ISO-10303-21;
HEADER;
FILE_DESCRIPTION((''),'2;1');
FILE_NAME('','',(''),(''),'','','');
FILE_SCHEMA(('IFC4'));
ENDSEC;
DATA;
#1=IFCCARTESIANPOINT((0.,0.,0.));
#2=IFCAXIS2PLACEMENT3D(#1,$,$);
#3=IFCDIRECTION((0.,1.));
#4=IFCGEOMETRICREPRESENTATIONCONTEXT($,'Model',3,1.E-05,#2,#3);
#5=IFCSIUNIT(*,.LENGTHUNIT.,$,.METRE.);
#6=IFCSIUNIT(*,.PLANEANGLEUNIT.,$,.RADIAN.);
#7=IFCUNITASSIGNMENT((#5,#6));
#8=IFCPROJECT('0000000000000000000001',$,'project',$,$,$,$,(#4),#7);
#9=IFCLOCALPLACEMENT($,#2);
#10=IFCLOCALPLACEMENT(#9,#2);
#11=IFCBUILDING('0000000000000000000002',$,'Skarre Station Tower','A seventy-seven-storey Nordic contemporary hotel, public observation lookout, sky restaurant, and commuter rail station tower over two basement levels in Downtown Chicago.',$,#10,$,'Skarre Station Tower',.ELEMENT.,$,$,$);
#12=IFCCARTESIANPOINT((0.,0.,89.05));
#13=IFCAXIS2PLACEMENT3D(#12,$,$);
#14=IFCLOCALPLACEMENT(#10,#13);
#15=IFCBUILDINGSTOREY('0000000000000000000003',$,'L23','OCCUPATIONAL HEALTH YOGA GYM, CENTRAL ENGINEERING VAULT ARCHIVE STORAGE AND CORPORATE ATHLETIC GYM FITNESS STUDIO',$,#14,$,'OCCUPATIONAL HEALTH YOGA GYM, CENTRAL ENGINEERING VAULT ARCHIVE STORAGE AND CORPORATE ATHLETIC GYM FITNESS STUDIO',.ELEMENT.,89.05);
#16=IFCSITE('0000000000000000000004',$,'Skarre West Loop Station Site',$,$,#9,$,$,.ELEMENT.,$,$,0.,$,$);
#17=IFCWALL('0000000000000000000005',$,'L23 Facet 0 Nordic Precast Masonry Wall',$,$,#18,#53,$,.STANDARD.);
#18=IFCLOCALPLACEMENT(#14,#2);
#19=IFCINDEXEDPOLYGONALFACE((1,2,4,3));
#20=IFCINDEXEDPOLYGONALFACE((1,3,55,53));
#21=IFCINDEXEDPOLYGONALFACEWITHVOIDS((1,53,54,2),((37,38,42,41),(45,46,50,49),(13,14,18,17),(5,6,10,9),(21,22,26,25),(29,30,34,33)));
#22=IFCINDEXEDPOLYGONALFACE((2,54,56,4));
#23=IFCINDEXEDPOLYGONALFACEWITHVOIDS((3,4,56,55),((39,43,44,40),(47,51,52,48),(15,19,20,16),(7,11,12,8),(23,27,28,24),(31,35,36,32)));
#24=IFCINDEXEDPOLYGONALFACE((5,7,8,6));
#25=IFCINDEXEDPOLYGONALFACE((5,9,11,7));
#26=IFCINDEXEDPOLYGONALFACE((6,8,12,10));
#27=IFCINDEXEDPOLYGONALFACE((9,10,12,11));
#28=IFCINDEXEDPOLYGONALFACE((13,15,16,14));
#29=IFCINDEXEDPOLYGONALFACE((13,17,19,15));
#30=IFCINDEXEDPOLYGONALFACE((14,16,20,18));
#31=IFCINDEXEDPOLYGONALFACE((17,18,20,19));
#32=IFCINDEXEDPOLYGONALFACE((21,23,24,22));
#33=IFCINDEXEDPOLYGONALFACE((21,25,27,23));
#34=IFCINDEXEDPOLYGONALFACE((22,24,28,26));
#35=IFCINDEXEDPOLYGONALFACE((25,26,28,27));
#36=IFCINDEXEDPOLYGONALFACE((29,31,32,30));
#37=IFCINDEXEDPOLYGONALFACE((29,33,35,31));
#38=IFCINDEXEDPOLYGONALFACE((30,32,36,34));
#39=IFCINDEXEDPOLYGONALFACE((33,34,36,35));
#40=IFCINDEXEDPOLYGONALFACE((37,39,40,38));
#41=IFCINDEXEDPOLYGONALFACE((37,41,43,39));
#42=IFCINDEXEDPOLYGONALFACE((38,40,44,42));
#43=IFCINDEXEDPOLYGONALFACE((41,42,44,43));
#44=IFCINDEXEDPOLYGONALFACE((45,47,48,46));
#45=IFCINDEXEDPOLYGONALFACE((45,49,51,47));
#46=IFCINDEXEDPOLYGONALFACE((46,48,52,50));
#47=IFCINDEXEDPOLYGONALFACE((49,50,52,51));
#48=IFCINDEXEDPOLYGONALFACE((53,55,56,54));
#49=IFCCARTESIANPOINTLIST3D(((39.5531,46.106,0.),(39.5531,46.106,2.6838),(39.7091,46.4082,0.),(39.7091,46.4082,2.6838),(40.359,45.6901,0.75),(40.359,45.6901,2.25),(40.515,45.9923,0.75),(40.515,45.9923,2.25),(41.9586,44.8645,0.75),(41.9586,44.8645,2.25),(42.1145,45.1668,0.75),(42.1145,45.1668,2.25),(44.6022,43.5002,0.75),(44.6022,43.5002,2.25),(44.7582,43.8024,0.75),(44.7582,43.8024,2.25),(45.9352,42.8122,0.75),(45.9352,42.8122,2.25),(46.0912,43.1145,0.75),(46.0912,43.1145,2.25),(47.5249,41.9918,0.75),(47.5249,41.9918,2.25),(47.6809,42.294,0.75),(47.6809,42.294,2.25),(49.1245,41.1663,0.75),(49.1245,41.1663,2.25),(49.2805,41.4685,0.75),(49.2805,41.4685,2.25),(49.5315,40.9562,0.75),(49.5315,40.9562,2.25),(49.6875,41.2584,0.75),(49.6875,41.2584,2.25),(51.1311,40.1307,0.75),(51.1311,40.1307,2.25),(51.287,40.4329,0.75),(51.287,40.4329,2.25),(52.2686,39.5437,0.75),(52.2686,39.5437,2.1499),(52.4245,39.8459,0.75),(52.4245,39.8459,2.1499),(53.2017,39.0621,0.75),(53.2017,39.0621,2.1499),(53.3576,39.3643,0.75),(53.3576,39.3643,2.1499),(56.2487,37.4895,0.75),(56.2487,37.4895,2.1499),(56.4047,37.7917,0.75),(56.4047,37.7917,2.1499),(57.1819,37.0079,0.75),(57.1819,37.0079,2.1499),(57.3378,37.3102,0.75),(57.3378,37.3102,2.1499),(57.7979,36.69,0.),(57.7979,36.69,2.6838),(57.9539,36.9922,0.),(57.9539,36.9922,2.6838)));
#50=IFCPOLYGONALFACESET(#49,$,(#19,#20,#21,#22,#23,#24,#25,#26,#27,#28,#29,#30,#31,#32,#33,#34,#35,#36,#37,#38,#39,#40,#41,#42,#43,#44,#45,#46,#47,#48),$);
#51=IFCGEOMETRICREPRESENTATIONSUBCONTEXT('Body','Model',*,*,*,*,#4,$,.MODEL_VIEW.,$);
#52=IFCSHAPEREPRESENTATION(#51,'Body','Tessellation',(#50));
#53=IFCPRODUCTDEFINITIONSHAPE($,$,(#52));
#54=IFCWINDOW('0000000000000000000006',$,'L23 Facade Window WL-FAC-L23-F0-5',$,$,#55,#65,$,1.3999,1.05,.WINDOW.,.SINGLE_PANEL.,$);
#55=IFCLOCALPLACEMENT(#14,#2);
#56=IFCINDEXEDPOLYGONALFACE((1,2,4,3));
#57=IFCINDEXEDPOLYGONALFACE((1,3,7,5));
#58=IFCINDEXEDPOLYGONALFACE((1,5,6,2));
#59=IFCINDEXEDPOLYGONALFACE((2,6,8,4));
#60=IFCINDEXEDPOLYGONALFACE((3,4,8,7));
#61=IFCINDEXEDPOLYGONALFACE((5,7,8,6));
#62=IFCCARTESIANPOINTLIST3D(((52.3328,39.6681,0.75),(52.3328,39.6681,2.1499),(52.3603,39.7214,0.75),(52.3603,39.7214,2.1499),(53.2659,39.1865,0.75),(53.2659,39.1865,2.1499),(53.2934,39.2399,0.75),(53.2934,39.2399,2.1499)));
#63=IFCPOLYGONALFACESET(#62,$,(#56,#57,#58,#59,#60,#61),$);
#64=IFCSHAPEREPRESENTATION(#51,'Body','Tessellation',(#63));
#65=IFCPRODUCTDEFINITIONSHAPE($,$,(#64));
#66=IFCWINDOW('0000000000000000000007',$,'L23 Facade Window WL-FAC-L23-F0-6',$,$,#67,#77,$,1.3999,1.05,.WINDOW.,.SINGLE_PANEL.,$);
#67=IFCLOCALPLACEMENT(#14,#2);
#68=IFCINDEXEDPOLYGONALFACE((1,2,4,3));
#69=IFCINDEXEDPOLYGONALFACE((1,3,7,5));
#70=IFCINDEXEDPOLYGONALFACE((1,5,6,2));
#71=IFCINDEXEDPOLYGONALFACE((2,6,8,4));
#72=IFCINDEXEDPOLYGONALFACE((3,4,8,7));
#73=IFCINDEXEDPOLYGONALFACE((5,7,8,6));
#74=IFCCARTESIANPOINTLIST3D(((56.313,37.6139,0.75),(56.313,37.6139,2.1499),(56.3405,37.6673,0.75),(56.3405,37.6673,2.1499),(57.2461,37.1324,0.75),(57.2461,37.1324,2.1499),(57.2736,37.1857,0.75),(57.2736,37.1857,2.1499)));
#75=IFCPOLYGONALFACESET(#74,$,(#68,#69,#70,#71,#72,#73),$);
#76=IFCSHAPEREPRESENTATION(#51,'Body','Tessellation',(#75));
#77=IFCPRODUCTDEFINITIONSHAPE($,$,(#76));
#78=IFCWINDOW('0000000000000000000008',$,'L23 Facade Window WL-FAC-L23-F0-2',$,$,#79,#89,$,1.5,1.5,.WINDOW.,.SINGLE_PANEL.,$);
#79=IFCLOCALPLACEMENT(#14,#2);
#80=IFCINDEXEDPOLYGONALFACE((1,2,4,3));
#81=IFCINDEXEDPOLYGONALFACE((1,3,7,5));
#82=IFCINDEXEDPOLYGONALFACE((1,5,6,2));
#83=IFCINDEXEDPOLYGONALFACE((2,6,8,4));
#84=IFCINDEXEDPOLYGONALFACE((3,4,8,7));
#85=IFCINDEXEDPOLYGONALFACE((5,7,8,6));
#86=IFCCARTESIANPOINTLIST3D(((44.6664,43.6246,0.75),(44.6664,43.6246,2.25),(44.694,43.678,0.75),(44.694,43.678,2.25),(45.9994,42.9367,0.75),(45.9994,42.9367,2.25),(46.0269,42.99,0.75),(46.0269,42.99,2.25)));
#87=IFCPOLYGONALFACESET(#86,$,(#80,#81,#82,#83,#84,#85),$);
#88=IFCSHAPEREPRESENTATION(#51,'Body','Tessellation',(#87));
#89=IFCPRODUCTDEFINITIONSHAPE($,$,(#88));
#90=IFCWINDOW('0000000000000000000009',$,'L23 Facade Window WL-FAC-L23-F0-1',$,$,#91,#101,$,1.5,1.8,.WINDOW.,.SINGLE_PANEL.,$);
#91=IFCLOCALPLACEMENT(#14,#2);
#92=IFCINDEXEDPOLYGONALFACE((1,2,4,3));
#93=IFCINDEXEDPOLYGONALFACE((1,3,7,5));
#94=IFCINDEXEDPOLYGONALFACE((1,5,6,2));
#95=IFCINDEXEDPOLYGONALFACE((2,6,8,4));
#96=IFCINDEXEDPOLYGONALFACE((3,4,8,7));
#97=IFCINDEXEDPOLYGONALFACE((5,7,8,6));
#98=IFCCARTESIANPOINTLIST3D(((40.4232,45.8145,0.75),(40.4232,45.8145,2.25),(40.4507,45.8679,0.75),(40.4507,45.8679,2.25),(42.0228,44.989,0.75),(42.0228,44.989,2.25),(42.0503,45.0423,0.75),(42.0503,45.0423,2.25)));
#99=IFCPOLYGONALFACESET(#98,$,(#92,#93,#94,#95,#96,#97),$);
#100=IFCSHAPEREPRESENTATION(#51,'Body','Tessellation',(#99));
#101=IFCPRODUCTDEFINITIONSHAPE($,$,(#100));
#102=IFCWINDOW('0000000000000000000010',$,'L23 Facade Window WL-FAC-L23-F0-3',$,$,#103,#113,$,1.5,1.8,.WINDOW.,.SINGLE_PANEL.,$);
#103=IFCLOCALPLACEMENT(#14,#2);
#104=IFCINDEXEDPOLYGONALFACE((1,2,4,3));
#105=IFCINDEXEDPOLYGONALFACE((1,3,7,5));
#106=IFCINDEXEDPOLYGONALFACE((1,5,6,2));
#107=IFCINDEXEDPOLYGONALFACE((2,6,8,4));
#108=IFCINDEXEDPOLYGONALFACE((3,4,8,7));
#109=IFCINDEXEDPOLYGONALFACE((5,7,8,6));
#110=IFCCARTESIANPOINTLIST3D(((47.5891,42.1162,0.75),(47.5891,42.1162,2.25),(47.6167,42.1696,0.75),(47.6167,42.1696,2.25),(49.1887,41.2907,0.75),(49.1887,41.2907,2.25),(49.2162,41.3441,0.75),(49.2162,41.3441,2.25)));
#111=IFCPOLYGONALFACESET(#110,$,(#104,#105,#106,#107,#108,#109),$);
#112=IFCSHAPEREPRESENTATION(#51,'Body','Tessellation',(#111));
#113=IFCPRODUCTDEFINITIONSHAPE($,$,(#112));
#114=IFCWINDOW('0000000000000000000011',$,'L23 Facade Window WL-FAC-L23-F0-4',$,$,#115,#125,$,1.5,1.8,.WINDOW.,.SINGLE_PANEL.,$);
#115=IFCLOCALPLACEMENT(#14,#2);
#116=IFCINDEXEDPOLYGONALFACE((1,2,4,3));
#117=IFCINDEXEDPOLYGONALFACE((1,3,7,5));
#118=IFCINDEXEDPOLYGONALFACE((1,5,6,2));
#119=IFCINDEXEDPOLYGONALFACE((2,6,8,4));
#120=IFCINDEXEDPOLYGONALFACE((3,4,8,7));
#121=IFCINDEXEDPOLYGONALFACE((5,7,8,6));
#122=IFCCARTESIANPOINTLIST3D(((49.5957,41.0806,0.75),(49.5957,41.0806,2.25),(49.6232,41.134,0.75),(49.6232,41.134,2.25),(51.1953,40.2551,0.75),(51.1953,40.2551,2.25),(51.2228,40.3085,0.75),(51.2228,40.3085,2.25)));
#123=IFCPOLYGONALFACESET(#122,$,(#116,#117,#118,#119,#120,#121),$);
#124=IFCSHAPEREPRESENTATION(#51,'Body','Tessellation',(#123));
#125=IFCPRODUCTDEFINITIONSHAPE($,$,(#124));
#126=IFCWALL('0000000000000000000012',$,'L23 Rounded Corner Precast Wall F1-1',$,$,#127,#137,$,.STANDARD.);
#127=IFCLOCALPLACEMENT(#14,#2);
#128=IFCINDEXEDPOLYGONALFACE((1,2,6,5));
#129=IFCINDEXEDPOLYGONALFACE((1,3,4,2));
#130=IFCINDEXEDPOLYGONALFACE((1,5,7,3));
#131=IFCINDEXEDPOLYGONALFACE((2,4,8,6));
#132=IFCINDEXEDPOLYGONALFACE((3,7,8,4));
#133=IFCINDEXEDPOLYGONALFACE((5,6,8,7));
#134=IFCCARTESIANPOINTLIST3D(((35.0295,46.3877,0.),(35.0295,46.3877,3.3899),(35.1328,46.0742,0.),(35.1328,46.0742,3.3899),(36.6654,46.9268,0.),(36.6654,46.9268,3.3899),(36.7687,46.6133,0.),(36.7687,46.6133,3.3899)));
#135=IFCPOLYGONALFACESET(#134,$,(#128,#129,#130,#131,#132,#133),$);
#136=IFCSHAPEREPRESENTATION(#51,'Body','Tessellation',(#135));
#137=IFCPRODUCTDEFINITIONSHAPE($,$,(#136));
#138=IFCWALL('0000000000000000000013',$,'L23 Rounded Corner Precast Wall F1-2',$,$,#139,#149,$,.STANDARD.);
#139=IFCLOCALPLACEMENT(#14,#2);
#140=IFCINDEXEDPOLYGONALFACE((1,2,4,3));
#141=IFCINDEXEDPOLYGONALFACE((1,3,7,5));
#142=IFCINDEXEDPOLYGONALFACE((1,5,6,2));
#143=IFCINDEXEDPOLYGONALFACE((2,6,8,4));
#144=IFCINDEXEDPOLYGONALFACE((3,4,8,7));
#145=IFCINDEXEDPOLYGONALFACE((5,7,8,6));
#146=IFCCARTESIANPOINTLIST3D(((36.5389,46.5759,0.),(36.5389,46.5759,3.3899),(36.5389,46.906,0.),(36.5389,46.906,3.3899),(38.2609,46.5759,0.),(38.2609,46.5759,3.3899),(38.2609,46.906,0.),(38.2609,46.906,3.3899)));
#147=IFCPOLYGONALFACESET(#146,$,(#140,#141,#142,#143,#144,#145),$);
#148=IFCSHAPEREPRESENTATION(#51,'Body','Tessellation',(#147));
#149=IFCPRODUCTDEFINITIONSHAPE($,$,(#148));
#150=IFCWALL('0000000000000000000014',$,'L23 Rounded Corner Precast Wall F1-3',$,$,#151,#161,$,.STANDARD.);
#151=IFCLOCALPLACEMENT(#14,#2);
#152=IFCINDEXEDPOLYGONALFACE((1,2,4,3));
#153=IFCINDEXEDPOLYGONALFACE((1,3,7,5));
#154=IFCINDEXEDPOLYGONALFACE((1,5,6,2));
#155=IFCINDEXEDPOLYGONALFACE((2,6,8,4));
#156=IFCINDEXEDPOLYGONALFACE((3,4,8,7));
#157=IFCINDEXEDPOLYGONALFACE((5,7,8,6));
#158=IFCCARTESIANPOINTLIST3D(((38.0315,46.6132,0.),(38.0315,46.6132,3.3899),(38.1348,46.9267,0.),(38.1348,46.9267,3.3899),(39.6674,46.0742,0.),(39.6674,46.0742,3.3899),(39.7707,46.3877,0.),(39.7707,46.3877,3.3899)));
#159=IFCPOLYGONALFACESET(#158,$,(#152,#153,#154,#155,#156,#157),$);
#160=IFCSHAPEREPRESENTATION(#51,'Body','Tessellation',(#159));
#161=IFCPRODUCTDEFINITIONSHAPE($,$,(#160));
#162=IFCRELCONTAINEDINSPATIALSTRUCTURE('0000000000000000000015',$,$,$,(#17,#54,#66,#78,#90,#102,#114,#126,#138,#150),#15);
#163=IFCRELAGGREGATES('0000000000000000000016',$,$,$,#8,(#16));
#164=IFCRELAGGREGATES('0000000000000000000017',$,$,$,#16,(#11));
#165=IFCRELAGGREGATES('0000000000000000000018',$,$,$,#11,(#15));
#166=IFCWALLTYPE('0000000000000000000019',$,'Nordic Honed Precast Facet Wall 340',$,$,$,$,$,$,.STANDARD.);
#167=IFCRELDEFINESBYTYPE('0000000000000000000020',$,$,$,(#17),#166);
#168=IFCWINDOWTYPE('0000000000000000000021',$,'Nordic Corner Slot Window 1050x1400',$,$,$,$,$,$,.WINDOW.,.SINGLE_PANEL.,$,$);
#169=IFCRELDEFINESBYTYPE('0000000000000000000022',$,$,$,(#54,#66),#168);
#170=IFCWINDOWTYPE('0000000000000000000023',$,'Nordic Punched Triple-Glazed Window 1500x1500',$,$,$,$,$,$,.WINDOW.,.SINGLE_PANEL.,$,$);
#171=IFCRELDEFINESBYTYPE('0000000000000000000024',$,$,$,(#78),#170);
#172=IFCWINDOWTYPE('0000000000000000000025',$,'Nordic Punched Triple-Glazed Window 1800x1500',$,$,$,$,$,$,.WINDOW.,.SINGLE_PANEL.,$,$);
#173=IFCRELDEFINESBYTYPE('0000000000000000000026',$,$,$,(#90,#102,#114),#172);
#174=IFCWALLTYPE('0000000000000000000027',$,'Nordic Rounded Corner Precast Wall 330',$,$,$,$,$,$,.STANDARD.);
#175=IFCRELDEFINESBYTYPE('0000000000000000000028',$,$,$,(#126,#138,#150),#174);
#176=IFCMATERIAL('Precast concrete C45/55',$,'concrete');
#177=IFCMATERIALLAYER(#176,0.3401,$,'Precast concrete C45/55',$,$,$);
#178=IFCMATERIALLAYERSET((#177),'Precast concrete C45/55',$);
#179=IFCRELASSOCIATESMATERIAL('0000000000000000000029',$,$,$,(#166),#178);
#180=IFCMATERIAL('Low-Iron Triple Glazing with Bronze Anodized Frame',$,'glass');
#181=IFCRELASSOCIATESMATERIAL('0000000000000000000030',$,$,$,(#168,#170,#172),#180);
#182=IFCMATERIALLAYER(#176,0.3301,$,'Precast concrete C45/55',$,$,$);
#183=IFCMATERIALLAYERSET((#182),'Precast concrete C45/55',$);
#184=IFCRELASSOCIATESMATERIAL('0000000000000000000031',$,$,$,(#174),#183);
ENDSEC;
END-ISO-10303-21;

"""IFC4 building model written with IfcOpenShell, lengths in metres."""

from ifc_helpers import new_model, si_unit, direction, frame, frame_2d, origin, place, context, subcontext, project, spatial, rectangle, extrude, material, layer, layer_set, type_object, element, fill, save


model = new_model("IFC4")

# Units and contexts
model_context = context("Model", 3, precision=1e-05, world=origin(), true_north=direction((0.0, 1.0)))
body_context = subcontext(model_context, "Body", "Model", "MODEL_VIEW")
ifc_project = project(units=[si_unit("LENGTHUNIT", "METRE"), si_unit("PLANEANGLEUNIT", "RADIAN")], contexts=[model_context])

# Site, building, storey
site_placement = place(None, origin())
site = spatial("IfcSite", under=ifc_project, at=site_placement, Name="Skarre West Loop Station Site", CompositionType="ELEMENT", RefElevation=0.0)
building_placement = place(site_placement, origin())
building = spatial("IfcBuilding", under=site, at=building_placement, Name="Skarre Station Tower", Description="A seventy-seven-storey Nordic contemporary hotel, public observation lookout, sky restaurant, and commuter rail station tower over two basement levels in Downtown Chicago.", LongName="Skarre Station Tower", CompositionType="ELEMENT")
storey_placement = place(building_placement, frame((0.0, 0.0, 89.05)))
storey = spatial("IfcBuildingStorey", under=building, at=storey_placement, Name="L23", Description="OCCUPATIONAL HEALTH YOGA GYM, CENTRAL ENGINEERING VAULT ARCHIVE STORAGE AND CORPORATE ATHLETIC GYM FITNESS STUDIO", LongName="OCCUPATIONAL HEALTH YOGA GYM, CENTRAL ENGINEERING VAULT ARCHIVE STORAGE AND CORPORATE ATHLETIC GYM FITNESS STUDIO", CompositionType="ELEMENT", Elevation=89.05)

# Wall, openings, windows
ifc_material_1 = material(Name="Precast concrete C45/55", Category="concrete")
ifc_layer_1 = layer(ifc_material_1, 0.3401, Name="Precast concrete C45/55")
ifc_layer_set_1 = layer_set([ifc_layer_1], Name="Precast concrete C45/55")
wall_type_1 = type_object("IfcWallType", Name="Nordic Honed Precast Facet Wall 340", PredefinedType="STANDARD", material=ifc_layer_set_1)
wall_1_placement = place(storey_placement, frame((39.6311, 46.2571, 0.0), z_axis=(0.0, 0.0, 1.0), x_axis=(0.888634, -0.458616, 0.0)))
wall_1 = element("IfcWall", 1, at=wall_1_placement, inside=storey, type_object=wall_type_1, Name="L23 Facet 0 Nordic Precast Masonry Wall", PredefinedType="STANDARD", context=body_context, shape_type="SweptSolid", body=[
    extrude(rectangle(XDim=20.5312, YDim=0.3401, at=frame_2d((10.2656, 0.0))), origin(), (0.0, 0.0, 1.0), 2.6838),
])
opening_1_placement = place(wall_1_placement, frame((0.907, 0.0, 0.75)))
opening_1 = element("IfcOpeningElement", 2, at=opening_1_placement, cuts=wall_1, PredefinedType="OPENING", context=body_context, shape_type="SweptSolid", body=[
    extrude(rectangle(XDim=1.8, YDim=1.5, at=frame_2d((0.8999, 0.75))), frame((0.0, 0.1799, 0.0), z_axis=(0.0, -1.0, 0.0), x_axis=(1.0, 0.0, 0.0)), (0.0, 0.0, 1.0), 0.3601),
])
opening_2_placement = place(wall_1_placement, frame((5.6819, 0.0, 0.75)))
opening_2 = element("IfcOpeningElement", 3, at=opening_2_placement, cuts=wall_1, PredefinedType="OPENING", context=body_context, shape_type="SweptSolid", body=[
    extrude(rectangle(XDim=1.5, YDim=1.5, at=frame_2d((0.75, 0.75))), frame((0.0, 0.1799, 0.0), z_axis=(0.0, -1.0, 0.0), x_axis=(1.0, 0.0, 0.0)), (0.0, 0.0, 1.0), 0.3601),
])
opening_3_placement = place(wall_1_placement, frame((8.9709, 0.0, 0.75)))
opening_3 = element("IfcOpeningElement", 4, at=opening_3_placement, cuts=wall_1, PredefinedType="OPENING", context=body_context, shape_type="SweptSolid", body=[
    extrude(rectangle(XDim=1.8, YDim=1.5, at=frame_2d((0.8999, 0.75))), frame((0.0, 0.1799, 0.0), z_axis=(0.0, -1.0, 0.0), x_axis=(1.0, 0.0, 0.0)), (0.0, 0.0, 1.0), 0.3601),
])
opening_4_placement = place(wall_1_placement, frame((11.229, 0.0, 0.75)))
opening_4 = element("IfcOpeningElement", 5, at=opening_4_placement, cuts=wall_1, PredefinedType="OPENING", context=body_context, shape_type="SweptSolid", body=[
    extrude(rectangle(XDim=1.8, YDim=1.5, at=frame_2d((0.8999, 0.75))), frame((0.0, 0.1799, 0.0), z_axis=(0.0, -1.0, 0.0), x_axis=(1.0, 0.0, 0.0)), (0.0, 0.0, 1.0), 0.3601),
])
opening_5_placement = place(wall_1_placement, frame((14.3091, 0.0, 0.75)))
opening_5 = element("IfcOpeningElement", 6, at=opening_5_placement, cuts=wall_1, PredefinedType="OPENING", context=body_context, shape_type="SweptSolid", body=[
    extrude(rectangle(XDim=1.05, YDim=1.3999, at=frame_2d((0.5249, 0.7))), frame((0.0, 0.1799, 0.0), z_axis=(0.0, -1.0, 0.0), x_axis=(1.0, 0.0, 0.0)), (0.0, 0.0, 1.0), 0.3601),
])
opening_6_placement = place(wall_1_placement, frame((18.7881, 0.0, 0.75)))
opening_6 = element("IfcOpeningElement", 7, at=opening_6_placement, cuts=wall_1, PredefinedType="OPENING", context=body_context, shape_type="SweptSolid", body=[
    extrude(rectangle(XDim=1.05, YDim=1.3999, at=frame_2d((0.5249, 0.7))), frame((0.0, 0.1799, 0.0), z_axis=(0.0, -1.0, 0.0), x_axis=(1.0, 0.0, 0.0)), (0.0, 0.0, 1.0), 0.3601),
])
ifc_material_2 = material(Name="Low-Iron Triple Glazing with Bronze Anodized Frame", Category="glass")
window_type_1 = type_object("IfcWindowType", Name="Nordic Corner Slot Window 1050x1400", PartitioningType="SINGLE_PANEL", PredefinedType="WINDOW", material=ifc_material_2)
window_1_placement = place(opening_5_placement, origin())
window_1 = element("IfcWindow", 8, at=window_1_placement, inside=storey, type_object=window_type_1, Name="L23 Facade Window WL-FAC-L23-F0-5", OverallHeight=1.3999, OverallWidth=1.05, PartitioningType="SINGLE_PANEL", PredefinedType="WINDOW", context=body_context, shape_type="SweptSolid", body=[
    extrude(rectangle(XDim=1.05, YDim=1.3999, at=frame_2d((0.5249, 0.7))), frame((0.0, 0.03, 0.0), z_axis=(0.0, -1.0, 0.0), x_axis=(1.0, 0.0, 0.0)), (0.0, 0.0, 1.0), 0.0601),
])
fill(opening_5, window_1)
window_2_placement = place(opening_6_placement, origin())
window_2 = element("IfcWindow", 9, at=window_2_placement, inside=storey, type_object=window_type_1, Name="L23 Facade Window WL-FAC-L23-F0-6", OverallHeight=1.3999, OverallWidth=1.05, PartitioningType="SINGLE_PANEL", PredefinedType="WINDOW", context=body_context, shape_type="SweptSolid", body=[
    extrude(rectangle(XDim=1.05, YDim=1.3999, at=frame_2d((0.5249, 0.7))), frame((0.0, 0.03, 0.0), z_axis=(0.0, -1.0, 0.0), x_axis=(1.0, 0.0, 0.0)), (0.0, 0.0, 1.0), 0.0601),
])
fill(opening_6, window_2)
window_type_2 = type_object("IfcWindowType", Name="Nordic Punched Triple-Glazed Window 1500x1500", PartitioningType="SINGLE_PANEL", PredefinedType="WINDOW", material=ifc_material_2)
window_3_placement = place(opening_2_placement, origin())
window_3 = element("IfcWindow", 10, at=window_3_placement, inside=storey, type_object=window_type_2, Name="L23 Facade Window WL-FAC-L23-F0-2", OverallHeight=1.5, OverallWidth=1.5, PartitioningType="SINGLE_PANEL", PredefinedType="WINDOW", context=body_context, shape_type="SweptSolid", body=[
    extrude(rectangle(XDim=1.5, YDim=1.5, at=frame_2d((0.75, 0.75))), frame((0.0, 0.03, 0.0), z_axis=(0.0, -1.0, 0.0), x_axis=(1.0, 0.0, 0.0)), (0.0, 0.0, 1.0), 0.0601),
])
fill(opening_2, window_3)
window_type_3 = type_object("IfcWindowType", Name="Nordic Punched Triple-Glazed Window 1800x1500", PartitioningType="SINGLE_PANEL", PredefinedType="WINDOW", material=ifc_material_2)
window_4_placement = place(opening_1_placement, origin())
window_4 = element("IfcWindow", 11, at=window_4_placement, inside=storey, type_object=window_type_3, Name="L23 Facade Window WL-FAC-L23-F0-1", OverallHeight=1.5, OverallWidth=1.8, PartitioningType="SINGLE_PANEL", PredefinedType="WINDOW", context=body_context, shape_type="SweptSolid", body=[
    extrude(rectangle(XDim=1.8, YDim=1.5, at=frame_2d((0.8999, 0.75))), frame((0.0, 0.03, 0.0), z_axis=(0.0, -1.0, 0.0), x_axis=(1.0, 0.0, 0.0)), (0.0, 0.0, 1.0), 0.0601),
])
fill(opening_1, window_4)
window_5_placement = place(opening_3_placement, origin())
window_5 = element("IfcWindow", 12, at=window_5_placement, inside=storey, type_object=window_type_3, Name="L23 Facade Window WL-FAC-L23-F0-3", OverallHeight=1.5, OverallWidth=1.8, PartitioningType="SINGLE_PANEL", PredefinedType="WINDOW", context=body_context, shape_type="SweptSolid", body=[
    extrude(rectangle(XDim=1.8, YDim=1.5, at=frame_2d((0.8999, 0.75))), frame((0.0, 0.03, 0.0), z_axis=(0.0, -1.0, 0.0), x_axis=(1.0, 0.0, 0.0)), (0.0, 0.0, 1.0), 0.0601),
])
fill(opening_3, window_5)
window_6_placement = place(opening_4_placement, origin())
window_6 = element("IfcWindow", 13, at=window_6_placement, inside=storey, type_object=window_type_3, Name="L23 Facade Window WL-FAC-L23-F0-4", OverallHeight=1.5, OverallWidth=1.8, PartitioningType="SINGLE_PANEL", PredefinedType="WINDOW", context=body_context, shape_type="SweptSolid", body=[
    extrude(rectangle(XDim=1.8, YDim=1.5, at=frame_2d((0.8999, 0.75))), frame((0.0, 0.03, 0.0), z_axis=(0.0, -1.0, 0.0), x_axis=(1.0, 0.0, 0.0)), (0.0, 0.0, 1.0), 0.0601),
])
fill(opening_4, window_6)

# Walls
ifc_layer_2 = layer(ifc_material_1, 0.3301, Name="Precast concrete C45/55")
ifc_layer_set_2 = layer_set([ifc_layer_2], Name="Precast concrete C45/55")
wall_type_2 = type_object("IfcWallType", Name="Nordic Rounded Corner Precast Wall 330", PredefinedType="STANDARD", material=ifc_layer_set_2)
wall_2_placement = place(storey_placement, frame((35.0811, 46.231, 0.0), z_axis=(0.0, 0.0, 1.0), x_axis=(0.949769, 0.312952, 0.0)))
element("IfcWall", 14, at=wall_2_placement, inside=storey, type_object=wall_type_2, Name="L23 Rounded Corner Precast Wall F1-1", PredefinedType="STANDARD", context=body_context, shape_type="SweptSolid", body=[
    extrude(rectangle(XDim=1.7224, YDim=0.3301, at=frame_2d((0.8613, 0.0))), origin(), (0.0, 0.0, 1.0), 3.3899),
])
wall_3_placement = place(storey_placement, frame((36.5391, 46.741, 0.0), z_axis=(0.0, 0.0, 1.0), x_axis=(1.0, 0.0, 0.0)))
element("IfcWall", 15, at=wall_3_placement, inside=storey, type_object=wall_type_2, Name="L23 Rounded Corner Precast Wall F1-2", PredefinedType="STANDARD", context=body_context, shape_type="SweptSolid", body=[
    extrude(rectangle(XDim=1.7219, YDim=0.3301, at=frame_2d((0.8608, 0.0))), origin(), (0.0, 0.0, 1.0), 3.3899),
])
wall_4_placement = place(storey_placement, frame((38.083, 46.77, 0.0), z_axis=(0.0, 0.0, 1.0), x_axis=(0.949769, -0.312952, 0.0)))
element("IfcWall", 16, at=wall_4_placement, inside=storey, type_object=wall_type_2, Name="L23 Rounded Corner Precast Wall F1-3", PredefinedType="STANDARD", context=body_context, shape_type="SweptSolid", body=[
    extrude(rectangle(XDim=1.7224, YDim=0.3301, at=frame_2d((0.8613, 0.0))), origin(), (0.0, 0.0, 1.0), 3.3899),
])

save(model, "model.ifc")
